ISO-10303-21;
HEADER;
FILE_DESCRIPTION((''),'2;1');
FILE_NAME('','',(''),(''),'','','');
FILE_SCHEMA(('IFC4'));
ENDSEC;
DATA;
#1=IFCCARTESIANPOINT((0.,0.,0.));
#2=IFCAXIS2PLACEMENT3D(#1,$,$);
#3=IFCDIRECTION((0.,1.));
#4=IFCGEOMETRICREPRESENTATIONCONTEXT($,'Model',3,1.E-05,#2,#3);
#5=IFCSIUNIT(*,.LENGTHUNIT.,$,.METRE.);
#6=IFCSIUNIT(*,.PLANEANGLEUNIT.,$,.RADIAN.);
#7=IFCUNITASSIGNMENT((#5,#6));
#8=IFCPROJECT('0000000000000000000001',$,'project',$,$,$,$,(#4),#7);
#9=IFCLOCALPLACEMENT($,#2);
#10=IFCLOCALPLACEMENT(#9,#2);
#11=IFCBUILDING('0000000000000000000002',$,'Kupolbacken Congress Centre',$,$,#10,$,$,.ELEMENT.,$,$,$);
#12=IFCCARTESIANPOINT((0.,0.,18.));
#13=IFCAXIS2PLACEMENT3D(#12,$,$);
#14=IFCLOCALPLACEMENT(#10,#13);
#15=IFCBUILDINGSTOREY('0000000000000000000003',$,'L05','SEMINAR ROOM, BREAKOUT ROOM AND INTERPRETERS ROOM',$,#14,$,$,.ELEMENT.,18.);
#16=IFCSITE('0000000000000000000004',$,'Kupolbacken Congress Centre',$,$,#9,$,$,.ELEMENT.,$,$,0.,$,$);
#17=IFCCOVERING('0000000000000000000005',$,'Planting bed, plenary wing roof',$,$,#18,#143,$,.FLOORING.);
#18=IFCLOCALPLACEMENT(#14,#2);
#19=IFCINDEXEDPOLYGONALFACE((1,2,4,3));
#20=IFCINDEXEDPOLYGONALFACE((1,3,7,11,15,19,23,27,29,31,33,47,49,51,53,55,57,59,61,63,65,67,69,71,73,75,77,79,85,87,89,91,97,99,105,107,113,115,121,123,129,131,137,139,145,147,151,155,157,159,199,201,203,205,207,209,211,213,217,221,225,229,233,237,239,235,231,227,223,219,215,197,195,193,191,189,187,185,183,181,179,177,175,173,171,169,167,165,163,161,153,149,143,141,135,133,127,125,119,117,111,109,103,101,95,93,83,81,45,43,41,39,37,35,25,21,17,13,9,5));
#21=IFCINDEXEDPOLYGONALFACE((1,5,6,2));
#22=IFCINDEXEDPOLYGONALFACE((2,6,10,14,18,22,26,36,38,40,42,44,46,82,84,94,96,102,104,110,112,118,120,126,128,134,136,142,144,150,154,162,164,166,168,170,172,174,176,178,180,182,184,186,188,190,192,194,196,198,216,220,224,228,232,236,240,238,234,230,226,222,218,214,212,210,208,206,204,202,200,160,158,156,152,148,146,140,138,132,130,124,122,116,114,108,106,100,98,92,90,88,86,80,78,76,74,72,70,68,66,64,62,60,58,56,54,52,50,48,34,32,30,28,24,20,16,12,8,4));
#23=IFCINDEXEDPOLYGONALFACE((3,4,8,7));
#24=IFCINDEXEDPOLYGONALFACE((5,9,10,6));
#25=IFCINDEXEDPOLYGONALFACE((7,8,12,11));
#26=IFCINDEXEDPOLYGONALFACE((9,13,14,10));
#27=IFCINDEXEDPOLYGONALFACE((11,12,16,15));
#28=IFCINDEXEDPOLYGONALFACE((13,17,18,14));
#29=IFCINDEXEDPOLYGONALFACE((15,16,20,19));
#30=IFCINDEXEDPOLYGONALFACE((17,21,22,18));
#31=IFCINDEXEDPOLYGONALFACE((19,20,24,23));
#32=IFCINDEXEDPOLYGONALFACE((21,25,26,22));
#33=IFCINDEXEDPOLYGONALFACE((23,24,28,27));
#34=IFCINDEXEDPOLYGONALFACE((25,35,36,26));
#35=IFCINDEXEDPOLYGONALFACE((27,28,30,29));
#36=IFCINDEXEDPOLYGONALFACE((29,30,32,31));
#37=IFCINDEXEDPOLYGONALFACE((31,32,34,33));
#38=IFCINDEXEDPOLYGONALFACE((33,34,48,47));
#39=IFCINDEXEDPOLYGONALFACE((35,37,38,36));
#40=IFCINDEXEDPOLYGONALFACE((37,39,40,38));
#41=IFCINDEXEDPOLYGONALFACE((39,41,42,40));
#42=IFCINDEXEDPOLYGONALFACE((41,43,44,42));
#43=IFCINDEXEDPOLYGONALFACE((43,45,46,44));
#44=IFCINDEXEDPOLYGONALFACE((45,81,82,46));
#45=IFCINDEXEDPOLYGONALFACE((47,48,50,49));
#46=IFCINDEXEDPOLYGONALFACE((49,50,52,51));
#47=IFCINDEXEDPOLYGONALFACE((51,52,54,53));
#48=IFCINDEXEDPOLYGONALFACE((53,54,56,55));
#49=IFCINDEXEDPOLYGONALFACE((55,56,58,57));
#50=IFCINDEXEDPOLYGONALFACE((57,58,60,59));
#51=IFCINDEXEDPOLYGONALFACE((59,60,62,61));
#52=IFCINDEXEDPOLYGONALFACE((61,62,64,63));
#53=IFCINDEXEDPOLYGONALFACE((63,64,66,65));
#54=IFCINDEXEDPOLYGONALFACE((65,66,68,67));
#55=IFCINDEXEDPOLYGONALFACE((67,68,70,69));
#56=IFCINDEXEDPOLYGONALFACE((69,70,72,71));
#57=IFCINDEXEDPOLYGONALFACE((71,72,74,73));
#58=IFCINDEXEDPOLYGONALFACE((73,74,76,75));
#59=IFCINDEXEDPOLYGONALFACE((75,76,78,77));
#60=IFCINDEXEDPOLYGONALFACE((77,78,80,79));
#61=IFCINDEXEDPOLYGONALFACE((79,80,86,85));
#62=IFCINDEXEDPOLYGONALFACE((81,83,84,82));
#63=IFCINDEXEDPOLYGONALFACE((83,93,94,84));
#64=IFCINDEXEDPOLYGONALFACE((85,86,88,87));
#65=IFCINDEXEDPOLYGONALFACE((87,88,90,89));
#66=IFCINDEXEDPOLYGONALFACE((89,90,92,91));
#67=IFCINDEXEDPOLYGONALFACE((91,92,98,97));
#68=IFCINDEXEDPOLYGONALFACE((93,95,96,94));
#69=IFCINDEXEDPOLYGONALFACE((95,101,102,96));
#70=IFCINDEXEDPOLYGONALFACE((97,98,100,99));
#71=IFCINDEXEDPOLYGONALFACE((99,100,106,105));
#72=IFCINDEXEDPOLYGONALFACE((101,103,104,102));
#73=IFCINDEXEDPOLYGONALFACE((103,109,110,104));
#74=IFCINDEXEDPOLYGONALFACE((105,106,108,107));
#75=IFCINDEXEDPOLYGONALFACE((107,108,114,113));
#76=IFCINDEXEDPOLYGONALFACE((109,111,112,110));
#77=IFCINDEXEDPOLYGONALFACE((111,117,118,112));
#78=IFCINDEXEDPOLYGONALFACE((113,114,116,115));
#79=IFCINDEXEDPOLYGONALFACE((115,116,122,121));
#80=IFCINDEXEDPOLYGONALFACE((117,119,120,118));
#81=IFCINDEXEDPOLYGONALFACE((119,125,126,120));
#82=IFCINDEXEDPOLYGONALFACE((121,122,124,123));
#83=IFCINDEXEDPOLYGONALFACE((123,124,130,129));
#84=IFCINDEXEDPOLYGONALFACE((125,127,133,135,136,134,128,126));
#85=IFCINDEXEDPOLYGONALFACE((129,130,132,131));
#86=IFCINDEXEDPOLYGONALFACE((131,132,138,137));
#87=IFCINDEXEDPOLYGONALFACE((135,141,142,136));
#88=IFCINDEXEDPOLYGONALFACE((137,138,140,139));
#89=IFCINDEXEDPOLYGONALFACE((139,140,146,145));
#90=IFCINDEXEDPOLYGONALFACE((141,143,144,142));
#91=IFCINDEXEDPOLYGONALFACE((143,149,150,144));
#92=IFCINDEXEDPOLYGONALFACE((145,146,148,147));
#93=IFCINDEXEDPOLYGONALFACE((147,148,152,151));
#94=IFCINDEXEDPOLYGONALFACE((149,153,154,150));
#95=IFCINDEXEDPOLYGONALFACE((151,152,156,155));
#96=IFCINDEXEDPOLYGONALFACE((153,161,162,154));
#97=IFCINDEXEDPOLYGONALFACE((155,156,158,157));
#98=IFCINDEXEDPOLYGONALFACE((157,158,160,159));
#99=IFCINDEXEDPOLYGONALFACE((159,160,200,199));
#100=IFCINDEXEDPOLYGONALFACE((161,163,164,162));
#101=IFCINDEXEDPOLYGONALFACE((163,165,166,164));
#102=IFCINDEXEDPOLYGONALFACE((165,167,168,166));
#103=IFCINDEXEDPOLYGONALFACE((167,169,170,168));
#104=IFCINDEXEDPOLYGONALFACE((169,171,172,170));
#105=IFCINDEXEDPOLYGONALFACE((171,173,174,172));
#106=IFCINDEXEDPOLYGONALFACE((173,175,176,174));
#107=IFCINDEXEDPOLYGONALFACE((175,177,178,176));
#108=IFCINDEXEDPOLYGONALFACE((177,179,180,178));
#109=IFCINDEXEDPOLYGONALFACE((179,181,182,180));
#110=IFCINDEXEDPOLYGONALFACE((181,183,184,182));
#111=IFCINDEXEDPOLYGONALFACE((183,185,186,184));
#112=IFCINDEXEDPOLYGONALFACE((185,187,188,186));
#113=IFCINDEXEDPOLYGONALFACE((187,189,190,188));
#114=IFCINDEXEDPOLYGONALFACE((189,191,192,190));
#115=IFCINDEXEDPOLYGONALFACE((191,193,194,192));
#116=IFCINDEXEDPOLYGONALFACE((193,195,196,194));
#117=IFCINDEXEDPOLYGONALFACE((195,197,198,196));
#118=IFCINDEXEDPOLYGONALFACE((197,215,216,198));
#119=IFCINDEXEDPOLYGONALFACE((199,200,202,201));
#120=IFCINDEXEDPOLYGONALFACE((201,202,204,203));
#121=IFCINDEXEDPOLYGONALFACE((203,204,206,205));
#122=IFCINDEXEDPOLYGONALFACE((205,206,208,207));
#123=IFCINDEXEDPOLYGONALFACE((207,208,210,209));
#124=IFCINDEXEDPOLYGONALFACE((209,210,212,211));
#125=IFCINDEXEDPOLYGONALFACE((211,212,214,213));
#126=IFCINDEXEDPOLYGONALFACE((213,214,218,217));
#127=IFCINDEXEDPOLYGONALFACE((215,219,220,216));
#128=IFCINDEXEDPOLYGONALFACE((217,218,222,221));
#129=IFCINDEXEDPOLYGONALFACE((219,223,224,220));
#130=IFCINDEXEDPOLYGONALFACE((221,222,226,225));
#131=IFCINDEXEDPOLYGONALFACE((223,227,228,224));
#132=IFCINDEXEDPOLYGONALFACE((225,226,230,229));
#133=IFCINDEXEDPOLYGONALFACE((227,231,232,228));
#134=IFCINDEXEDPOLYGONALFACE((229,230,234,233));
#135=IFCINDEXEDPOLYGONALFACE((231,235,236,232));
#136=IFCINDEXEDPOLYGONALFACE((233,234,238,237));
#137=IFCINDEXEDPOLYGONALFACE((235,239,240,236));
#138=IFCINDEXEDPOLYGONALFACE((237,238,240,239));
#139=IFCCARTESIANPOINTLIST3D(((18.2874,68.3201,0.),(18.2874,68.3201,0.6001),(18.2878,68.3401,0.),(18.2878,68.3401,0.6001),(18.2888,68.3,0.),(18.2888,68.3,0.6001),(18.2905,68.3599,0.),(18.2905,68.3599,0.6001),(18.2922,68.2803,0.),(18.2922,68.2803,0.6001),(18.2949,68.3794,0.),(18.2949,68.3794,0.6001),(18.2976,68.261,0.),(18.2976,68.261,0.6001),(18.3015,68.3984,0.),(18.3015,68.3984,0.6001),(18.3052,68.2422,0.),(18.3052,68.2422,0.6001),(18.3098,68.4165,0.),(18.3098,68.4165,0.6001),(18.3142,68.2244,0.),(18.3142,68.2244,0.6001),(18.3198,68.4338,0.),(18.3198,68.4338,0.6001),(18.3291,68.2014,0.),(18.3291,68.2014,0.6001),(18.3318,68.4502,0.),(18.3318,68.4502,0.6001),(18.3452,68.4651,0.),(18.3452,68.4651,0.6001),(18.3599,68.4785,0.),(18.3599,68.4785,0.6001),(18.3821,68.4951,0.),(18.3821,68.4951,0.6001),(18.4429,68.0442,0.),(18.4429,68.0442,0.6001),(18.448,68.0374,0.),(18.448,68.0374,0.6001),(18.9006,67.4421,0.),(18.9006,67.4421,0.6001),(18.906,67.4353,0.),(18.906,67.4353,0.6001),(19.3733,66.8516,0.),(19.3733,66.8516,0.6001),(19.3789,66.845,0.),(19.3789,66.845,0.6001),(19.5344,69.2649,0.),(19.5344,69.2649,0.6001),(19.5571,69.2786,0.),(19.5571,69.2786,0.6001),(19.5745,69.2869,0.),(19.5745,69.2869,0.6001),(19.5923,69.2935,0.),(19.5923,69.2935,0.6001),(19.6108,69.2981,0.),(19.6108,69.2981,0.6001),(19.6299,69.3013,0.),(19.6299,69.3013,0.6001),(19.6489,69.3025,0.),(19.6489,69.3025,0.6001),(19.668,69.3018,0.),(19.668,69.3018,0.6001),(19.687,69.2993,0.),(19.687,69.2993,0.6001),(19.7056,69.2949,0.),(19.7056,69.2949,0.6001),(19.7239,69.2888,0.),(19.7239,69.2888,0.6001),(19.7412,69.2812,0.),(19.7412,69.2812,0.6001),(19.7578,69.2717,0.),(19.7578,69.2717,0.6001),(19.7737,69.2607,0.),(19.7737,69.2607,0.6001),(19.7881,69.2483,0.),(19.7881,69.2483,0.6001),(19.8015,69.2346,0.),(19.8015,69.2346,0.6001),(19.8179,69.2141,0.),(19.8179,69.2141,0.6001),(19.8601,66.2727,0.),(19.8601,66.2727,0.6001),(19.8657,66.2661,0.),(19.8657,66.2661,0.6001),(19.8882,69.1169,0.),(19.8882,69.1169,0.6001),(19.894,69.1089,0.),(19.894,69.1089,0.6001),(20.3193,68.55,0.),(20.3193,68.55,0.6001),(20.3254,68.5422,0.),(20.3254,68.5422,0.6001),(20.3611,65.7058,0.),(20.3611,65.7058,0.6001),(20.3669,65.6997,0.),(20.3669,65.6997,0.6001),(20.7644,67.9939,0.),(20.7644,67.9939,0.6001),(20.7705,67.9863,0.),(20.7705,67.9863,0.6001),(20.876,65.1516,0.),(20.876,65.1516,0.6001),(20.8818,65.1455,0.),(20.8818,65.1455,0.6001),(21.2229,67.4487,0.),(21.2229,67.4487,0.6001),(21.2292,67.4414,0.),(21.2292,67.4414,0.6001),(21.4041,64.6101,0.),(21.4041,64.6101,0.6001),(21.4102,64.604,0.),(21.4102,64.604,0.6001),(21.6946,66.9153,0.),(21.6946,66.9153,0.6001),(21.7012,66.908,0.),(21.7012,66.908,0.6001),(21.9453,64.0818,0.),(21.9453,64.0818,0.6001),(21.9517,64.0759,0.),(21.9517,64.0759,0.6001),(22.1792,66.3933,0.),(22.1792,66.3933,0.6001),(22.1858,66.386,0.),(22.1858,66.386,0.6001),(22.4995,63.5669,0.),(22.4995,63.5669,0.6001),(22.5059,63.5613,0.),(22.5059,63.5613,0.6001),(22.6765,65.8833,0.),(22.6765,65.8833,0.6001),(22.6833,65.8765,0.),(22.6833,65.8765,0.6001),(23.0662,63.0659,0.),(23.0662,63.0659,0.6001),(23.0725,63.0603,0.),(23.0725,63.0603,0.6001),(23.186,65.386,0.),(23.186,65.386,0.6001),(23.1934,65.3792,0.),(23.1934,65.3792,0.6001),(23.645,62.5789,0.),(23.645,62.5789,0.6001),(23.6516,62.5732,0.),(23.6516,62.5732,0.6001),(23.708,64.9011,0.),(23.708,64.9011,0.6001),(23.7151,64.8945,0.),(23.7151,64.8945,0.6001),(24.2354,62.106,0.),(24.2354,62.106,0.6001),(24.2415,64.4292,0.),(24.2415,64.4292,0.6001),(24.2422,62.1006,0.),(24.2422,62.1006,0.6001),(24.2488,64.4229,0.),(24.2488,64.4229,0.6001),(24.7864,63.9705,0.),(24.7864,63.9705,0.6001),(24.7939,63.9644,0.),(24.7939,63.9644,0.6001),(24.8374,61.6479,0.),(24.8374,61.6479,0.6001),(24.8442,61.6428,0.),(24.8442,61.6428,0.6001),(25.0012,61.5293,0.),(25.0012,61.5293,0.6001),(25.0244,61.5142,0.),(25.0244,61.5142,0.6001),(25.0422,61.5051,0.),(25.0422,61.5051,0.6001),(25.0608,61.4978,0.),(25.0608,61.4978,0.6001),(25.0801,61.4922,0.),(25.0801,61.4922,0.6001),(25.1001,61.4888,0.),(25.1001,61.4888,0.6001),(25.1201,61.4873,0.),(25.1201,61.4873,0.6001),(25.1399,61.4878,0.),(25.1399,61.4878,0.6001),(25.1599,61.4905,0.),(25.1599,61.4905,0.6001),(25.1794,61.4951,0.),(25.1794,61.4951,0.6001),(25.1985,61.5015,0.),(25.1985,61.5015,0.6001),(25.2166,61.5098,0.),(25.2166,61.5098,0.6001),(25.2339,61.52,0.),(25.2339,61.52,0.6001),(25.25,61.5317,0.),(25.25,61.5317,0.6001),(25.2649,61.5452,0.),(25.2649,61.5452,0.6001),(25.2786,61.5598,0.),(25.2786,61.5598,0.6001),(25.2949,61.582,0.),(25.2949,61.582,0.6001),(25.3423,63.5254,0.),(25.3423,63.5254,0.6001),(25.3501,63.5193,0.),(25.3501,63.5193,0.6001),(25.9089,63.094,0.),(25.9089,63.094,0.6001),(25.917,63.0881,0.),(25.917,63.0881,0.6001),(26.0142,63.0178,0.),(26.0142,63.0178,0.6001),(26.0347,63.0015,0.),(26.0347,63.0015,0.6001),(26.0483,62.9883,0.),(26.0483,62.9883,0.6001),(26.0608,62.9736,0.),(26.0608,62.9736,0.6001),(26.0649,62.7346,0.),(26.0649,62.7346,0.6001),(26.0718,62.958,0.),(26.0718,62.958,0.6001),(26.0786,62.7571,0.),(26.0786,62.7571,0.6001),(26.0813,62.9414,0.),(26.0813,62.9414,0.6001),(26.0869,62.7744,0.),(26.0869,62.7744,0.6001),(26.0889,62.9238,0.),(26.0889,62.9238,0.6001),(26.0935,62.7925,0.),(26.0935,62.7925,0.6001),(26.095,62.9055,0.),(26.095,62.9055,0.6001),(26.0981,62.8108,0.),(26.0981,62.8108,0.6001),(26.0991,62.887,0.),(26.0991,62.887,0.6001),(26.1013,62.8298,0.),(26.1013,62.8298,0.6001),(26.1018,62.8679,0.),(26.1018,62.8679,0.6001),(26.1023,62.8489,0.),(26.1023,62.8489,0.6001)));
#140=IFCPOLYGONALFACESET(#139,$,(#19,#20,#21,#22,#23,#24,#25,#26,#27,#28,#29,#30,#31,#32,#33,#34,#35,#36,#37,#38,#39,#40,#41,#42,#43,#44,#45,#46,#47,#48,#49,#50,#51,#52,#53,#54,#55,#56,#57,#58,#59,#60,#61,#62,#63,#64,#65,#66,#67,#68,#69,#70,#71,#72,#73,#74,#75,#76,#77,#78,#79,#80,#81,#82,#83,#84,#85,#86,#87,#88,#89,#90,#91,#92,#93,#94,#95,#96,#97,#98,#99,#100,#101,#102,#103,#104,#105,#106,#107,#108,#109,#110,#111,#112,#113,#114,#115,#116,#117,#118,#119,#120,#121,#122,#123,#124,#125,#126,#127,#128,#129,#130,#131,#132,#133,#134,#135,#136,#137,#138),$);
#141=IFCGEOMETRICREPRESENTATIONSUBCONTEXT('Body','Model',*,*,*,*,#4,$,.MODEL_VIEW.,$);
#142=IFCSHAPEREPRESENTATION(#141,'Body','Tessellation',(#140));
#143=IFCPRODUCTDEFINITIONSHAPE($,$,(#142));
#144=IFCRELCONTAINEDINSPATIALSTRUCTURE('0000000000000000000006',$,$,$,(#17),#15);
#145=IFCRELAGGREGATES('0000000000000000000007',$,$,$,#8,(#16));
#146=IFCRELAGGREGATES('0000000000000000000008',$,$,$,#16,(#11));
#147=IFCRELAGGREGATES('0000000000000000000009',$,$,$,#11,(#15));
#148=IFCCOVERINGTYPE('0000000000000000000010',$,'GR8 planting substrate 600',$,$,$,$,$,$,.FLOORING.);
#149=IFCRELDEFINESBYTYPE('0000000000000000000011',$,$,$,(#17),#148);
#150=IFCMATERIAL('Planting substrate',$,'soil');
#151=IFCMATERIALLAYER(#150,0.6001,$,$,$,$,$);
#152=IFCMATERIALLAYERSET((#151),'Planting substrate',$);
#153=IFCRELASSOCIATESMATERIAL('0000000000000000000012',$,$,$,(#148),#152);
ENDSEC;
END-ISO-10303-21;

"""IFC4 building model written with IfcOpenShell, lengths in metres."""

from ifc_helpers import new_model, si_unit, direction, frame, origin, place, context, subcontext, project, spatial, polyline, outline, extrude, material, layer, layer_set, type_object, element, save


model = new_model("IFC4")

# Units and contexts
model_context = context("Model", 3, precision=1e-05, world=origin(), true_north=direction((0.0, 1.0)))
body_context = subcontext(model_context, "Body", "Model", "MODEL_VIEW")
ifc_project = project(units=[si_unit("LENGTHUNIT", "METRE"), si_unit("PLANEANGLEUNIT", "RADIAN")], contexts=[model_context])

# Site, building, storey
site_placement = place(None, origin())
site = spatial("IfcSite", under=ifc_project, at=site_placement, Name="Kupolbacken Congress Centre", CompositionType="ELEMENT", RefElevation=0.0)
building_placement = place(site_placement, origin())
building = spatial("IfcBuilding", under=site, at=building_placement, Name="Kupolbacken Congress Centre", CompositionType="ELEMENT")
storey_placement = place(building_placement, frame((0.0, 0.0, 18.0)))
storey = spatial("IfcBuildingStorey", under=building, at=storey_placement, Name="L05", Description="SEMINAR ROOM, BREAKOUT ROOM AND INTERPRETERS ROOM", CompositionType="ELEMENT", Elevation=18.0)

# Covering
ifc_material_1 = material(Name="Planting substrate", Category="soil")
ifc_layer_1 = layer(ifc_material_1, 0.6001)
ifc_layer_set_1 = layer_set([ifc_layer_1], Name="Planting substrate")
covering_type_1 = type_object("IfcCoveringType", Name="GR8 planting substrate 600", PredefinedType="FLOORING", material=ifc_layer_set_1)
covering_1_placement = place(storey_placement, origin())
element("IfcCovering", 1, at=covering_1_placement, inside=storey, type_object=covering_type_1, Name="Planting bed, plenary wing roof", PredefinedType="FLOORING", context=body_context, shape_type="SweptSolid", body=[
    extrude(outline(polyline([(19.8882, 69.1169), (19.894, 69.1089), (20.3193, 68.55), (20.3254, 68.5422), (20.7644, 67.9939), (20.7705, 67.9863), (21.2229, 67.4487), (21.2292, 67.4414), (21.6946, 66.9153), (21.7012, 66.908), (22.1792, 66.3933), (22.1858, 66.386), (22.6765, 65.8833), (22.6833, 65.8765), (23.186, 65.386), (23.1934, 65.3792), (23.708, 64.9011), (23.7151, 64.8945), (24.2415, 64.4292), (24.2488, 64.4229), (24.7864, 63.9705), (24.7939, 63.9644), (25.3423, 63.5254), (25.3501, 63.5193), (25.9089, 63.094), (25.917, 63.0881), (26.0142, 63.0178), (26.0347, 63.0015), (26.0483, 62.9883), (26.0608, 62.9736), (26.0718, 62.958), (26.0813, 62.9414), (26.0889, 62.9238), (26.095, 62.9055), (26.0991, 62.887), (26.1018, 62.8679), (26.1023, 62.8489), (26.1013, 62.8298), (26.0981, 62.8108), (26.0935, 62.7925), (26.0869, 62.7744), (26.0786, 62.7571), (26.0649, 62.7346), (25.2949, 61.582), (25.2786, 61.5598), (25.2649, 61.5452), (25.25, 61.5317), (25.2339, 61.52), (25.2166, 61.5098), (25.1985, 61.5015), (25.1794, 61.4951), (25.1599, 61.4905), (25.1399, 61.4878), (25.1201, 61.4873), (25.1001, 61.4888), (25.0801, 61.4922), (25.0608, 61.4978), (25.0422, 61.5051), (25.0244, 61.5142), (25.0012, 61.5293), (24.8442, 61.6428), (24.8374, 61.6479), (24.2422, 62.1006), (24.2354, 62.106), (23.6516, 62.5732), (23.645, 62.5789), (23.0725, 63.0603), (23.0662, 63.0659), (22.5059, 63.5613), (22.4995, 63.5669), (21.9517, 64.0759), (21.9453, 64.0818), (21.4102, 64.604), (21.4041, 64.6101), (20.8818, 65.1455), (20.876, 65.1516), (20.3669, 65.6997), (20.3611, 65.7058), (19.8657, 66.2661), (19.8601, 66.2727), (19.3789, 66.845), (19.3733, 66.8516), (18.906, 67.4353), (18.9006, 67.4421), (18.448, 68.0374), (18.4429, 68.0442), (18.3291, 68.2014), (18.3142, 68.2244), (18.3052, 68.2422), (18.2976, 68.261), (18.2922, 68.2803), (18.2888, 68.3), (18.2874, 68.3201), (18.2878, 68.3401), (18.2905, 68.3599), (18.2949, 68.3794), (18.3015, 68.3984), (18.3098, 68.4165), (18.3198, 68.4338), (18.3318, 68.4502), (18.3452, 68.4651), (18.3599, 68.4785), (18.3821, 68.4951), (19.5344, 69.2649), (19.5571, 69.2786), (19.5745, 69.2869), (19.5923, 69.2935), (19.6108, 69.2981), (19.6299, 69.3013), (19.6489, 69.3025), (19.668, 69.3018), (19.687, 69.2993), (19.7056, 69.2949), (19.7239, 69.2888), (19.7412, 69.2812), (19.7578, 69.2717), (19.7737, 69.2607), (19.7881, 69.2483), (19.8015, 69.2346), (19.8179, 69.2141), (19.8882, 69.1169)])), origin(), (0.0, 0.0, 1.0), 0.6001),
])

save(model, "model.ifc")
